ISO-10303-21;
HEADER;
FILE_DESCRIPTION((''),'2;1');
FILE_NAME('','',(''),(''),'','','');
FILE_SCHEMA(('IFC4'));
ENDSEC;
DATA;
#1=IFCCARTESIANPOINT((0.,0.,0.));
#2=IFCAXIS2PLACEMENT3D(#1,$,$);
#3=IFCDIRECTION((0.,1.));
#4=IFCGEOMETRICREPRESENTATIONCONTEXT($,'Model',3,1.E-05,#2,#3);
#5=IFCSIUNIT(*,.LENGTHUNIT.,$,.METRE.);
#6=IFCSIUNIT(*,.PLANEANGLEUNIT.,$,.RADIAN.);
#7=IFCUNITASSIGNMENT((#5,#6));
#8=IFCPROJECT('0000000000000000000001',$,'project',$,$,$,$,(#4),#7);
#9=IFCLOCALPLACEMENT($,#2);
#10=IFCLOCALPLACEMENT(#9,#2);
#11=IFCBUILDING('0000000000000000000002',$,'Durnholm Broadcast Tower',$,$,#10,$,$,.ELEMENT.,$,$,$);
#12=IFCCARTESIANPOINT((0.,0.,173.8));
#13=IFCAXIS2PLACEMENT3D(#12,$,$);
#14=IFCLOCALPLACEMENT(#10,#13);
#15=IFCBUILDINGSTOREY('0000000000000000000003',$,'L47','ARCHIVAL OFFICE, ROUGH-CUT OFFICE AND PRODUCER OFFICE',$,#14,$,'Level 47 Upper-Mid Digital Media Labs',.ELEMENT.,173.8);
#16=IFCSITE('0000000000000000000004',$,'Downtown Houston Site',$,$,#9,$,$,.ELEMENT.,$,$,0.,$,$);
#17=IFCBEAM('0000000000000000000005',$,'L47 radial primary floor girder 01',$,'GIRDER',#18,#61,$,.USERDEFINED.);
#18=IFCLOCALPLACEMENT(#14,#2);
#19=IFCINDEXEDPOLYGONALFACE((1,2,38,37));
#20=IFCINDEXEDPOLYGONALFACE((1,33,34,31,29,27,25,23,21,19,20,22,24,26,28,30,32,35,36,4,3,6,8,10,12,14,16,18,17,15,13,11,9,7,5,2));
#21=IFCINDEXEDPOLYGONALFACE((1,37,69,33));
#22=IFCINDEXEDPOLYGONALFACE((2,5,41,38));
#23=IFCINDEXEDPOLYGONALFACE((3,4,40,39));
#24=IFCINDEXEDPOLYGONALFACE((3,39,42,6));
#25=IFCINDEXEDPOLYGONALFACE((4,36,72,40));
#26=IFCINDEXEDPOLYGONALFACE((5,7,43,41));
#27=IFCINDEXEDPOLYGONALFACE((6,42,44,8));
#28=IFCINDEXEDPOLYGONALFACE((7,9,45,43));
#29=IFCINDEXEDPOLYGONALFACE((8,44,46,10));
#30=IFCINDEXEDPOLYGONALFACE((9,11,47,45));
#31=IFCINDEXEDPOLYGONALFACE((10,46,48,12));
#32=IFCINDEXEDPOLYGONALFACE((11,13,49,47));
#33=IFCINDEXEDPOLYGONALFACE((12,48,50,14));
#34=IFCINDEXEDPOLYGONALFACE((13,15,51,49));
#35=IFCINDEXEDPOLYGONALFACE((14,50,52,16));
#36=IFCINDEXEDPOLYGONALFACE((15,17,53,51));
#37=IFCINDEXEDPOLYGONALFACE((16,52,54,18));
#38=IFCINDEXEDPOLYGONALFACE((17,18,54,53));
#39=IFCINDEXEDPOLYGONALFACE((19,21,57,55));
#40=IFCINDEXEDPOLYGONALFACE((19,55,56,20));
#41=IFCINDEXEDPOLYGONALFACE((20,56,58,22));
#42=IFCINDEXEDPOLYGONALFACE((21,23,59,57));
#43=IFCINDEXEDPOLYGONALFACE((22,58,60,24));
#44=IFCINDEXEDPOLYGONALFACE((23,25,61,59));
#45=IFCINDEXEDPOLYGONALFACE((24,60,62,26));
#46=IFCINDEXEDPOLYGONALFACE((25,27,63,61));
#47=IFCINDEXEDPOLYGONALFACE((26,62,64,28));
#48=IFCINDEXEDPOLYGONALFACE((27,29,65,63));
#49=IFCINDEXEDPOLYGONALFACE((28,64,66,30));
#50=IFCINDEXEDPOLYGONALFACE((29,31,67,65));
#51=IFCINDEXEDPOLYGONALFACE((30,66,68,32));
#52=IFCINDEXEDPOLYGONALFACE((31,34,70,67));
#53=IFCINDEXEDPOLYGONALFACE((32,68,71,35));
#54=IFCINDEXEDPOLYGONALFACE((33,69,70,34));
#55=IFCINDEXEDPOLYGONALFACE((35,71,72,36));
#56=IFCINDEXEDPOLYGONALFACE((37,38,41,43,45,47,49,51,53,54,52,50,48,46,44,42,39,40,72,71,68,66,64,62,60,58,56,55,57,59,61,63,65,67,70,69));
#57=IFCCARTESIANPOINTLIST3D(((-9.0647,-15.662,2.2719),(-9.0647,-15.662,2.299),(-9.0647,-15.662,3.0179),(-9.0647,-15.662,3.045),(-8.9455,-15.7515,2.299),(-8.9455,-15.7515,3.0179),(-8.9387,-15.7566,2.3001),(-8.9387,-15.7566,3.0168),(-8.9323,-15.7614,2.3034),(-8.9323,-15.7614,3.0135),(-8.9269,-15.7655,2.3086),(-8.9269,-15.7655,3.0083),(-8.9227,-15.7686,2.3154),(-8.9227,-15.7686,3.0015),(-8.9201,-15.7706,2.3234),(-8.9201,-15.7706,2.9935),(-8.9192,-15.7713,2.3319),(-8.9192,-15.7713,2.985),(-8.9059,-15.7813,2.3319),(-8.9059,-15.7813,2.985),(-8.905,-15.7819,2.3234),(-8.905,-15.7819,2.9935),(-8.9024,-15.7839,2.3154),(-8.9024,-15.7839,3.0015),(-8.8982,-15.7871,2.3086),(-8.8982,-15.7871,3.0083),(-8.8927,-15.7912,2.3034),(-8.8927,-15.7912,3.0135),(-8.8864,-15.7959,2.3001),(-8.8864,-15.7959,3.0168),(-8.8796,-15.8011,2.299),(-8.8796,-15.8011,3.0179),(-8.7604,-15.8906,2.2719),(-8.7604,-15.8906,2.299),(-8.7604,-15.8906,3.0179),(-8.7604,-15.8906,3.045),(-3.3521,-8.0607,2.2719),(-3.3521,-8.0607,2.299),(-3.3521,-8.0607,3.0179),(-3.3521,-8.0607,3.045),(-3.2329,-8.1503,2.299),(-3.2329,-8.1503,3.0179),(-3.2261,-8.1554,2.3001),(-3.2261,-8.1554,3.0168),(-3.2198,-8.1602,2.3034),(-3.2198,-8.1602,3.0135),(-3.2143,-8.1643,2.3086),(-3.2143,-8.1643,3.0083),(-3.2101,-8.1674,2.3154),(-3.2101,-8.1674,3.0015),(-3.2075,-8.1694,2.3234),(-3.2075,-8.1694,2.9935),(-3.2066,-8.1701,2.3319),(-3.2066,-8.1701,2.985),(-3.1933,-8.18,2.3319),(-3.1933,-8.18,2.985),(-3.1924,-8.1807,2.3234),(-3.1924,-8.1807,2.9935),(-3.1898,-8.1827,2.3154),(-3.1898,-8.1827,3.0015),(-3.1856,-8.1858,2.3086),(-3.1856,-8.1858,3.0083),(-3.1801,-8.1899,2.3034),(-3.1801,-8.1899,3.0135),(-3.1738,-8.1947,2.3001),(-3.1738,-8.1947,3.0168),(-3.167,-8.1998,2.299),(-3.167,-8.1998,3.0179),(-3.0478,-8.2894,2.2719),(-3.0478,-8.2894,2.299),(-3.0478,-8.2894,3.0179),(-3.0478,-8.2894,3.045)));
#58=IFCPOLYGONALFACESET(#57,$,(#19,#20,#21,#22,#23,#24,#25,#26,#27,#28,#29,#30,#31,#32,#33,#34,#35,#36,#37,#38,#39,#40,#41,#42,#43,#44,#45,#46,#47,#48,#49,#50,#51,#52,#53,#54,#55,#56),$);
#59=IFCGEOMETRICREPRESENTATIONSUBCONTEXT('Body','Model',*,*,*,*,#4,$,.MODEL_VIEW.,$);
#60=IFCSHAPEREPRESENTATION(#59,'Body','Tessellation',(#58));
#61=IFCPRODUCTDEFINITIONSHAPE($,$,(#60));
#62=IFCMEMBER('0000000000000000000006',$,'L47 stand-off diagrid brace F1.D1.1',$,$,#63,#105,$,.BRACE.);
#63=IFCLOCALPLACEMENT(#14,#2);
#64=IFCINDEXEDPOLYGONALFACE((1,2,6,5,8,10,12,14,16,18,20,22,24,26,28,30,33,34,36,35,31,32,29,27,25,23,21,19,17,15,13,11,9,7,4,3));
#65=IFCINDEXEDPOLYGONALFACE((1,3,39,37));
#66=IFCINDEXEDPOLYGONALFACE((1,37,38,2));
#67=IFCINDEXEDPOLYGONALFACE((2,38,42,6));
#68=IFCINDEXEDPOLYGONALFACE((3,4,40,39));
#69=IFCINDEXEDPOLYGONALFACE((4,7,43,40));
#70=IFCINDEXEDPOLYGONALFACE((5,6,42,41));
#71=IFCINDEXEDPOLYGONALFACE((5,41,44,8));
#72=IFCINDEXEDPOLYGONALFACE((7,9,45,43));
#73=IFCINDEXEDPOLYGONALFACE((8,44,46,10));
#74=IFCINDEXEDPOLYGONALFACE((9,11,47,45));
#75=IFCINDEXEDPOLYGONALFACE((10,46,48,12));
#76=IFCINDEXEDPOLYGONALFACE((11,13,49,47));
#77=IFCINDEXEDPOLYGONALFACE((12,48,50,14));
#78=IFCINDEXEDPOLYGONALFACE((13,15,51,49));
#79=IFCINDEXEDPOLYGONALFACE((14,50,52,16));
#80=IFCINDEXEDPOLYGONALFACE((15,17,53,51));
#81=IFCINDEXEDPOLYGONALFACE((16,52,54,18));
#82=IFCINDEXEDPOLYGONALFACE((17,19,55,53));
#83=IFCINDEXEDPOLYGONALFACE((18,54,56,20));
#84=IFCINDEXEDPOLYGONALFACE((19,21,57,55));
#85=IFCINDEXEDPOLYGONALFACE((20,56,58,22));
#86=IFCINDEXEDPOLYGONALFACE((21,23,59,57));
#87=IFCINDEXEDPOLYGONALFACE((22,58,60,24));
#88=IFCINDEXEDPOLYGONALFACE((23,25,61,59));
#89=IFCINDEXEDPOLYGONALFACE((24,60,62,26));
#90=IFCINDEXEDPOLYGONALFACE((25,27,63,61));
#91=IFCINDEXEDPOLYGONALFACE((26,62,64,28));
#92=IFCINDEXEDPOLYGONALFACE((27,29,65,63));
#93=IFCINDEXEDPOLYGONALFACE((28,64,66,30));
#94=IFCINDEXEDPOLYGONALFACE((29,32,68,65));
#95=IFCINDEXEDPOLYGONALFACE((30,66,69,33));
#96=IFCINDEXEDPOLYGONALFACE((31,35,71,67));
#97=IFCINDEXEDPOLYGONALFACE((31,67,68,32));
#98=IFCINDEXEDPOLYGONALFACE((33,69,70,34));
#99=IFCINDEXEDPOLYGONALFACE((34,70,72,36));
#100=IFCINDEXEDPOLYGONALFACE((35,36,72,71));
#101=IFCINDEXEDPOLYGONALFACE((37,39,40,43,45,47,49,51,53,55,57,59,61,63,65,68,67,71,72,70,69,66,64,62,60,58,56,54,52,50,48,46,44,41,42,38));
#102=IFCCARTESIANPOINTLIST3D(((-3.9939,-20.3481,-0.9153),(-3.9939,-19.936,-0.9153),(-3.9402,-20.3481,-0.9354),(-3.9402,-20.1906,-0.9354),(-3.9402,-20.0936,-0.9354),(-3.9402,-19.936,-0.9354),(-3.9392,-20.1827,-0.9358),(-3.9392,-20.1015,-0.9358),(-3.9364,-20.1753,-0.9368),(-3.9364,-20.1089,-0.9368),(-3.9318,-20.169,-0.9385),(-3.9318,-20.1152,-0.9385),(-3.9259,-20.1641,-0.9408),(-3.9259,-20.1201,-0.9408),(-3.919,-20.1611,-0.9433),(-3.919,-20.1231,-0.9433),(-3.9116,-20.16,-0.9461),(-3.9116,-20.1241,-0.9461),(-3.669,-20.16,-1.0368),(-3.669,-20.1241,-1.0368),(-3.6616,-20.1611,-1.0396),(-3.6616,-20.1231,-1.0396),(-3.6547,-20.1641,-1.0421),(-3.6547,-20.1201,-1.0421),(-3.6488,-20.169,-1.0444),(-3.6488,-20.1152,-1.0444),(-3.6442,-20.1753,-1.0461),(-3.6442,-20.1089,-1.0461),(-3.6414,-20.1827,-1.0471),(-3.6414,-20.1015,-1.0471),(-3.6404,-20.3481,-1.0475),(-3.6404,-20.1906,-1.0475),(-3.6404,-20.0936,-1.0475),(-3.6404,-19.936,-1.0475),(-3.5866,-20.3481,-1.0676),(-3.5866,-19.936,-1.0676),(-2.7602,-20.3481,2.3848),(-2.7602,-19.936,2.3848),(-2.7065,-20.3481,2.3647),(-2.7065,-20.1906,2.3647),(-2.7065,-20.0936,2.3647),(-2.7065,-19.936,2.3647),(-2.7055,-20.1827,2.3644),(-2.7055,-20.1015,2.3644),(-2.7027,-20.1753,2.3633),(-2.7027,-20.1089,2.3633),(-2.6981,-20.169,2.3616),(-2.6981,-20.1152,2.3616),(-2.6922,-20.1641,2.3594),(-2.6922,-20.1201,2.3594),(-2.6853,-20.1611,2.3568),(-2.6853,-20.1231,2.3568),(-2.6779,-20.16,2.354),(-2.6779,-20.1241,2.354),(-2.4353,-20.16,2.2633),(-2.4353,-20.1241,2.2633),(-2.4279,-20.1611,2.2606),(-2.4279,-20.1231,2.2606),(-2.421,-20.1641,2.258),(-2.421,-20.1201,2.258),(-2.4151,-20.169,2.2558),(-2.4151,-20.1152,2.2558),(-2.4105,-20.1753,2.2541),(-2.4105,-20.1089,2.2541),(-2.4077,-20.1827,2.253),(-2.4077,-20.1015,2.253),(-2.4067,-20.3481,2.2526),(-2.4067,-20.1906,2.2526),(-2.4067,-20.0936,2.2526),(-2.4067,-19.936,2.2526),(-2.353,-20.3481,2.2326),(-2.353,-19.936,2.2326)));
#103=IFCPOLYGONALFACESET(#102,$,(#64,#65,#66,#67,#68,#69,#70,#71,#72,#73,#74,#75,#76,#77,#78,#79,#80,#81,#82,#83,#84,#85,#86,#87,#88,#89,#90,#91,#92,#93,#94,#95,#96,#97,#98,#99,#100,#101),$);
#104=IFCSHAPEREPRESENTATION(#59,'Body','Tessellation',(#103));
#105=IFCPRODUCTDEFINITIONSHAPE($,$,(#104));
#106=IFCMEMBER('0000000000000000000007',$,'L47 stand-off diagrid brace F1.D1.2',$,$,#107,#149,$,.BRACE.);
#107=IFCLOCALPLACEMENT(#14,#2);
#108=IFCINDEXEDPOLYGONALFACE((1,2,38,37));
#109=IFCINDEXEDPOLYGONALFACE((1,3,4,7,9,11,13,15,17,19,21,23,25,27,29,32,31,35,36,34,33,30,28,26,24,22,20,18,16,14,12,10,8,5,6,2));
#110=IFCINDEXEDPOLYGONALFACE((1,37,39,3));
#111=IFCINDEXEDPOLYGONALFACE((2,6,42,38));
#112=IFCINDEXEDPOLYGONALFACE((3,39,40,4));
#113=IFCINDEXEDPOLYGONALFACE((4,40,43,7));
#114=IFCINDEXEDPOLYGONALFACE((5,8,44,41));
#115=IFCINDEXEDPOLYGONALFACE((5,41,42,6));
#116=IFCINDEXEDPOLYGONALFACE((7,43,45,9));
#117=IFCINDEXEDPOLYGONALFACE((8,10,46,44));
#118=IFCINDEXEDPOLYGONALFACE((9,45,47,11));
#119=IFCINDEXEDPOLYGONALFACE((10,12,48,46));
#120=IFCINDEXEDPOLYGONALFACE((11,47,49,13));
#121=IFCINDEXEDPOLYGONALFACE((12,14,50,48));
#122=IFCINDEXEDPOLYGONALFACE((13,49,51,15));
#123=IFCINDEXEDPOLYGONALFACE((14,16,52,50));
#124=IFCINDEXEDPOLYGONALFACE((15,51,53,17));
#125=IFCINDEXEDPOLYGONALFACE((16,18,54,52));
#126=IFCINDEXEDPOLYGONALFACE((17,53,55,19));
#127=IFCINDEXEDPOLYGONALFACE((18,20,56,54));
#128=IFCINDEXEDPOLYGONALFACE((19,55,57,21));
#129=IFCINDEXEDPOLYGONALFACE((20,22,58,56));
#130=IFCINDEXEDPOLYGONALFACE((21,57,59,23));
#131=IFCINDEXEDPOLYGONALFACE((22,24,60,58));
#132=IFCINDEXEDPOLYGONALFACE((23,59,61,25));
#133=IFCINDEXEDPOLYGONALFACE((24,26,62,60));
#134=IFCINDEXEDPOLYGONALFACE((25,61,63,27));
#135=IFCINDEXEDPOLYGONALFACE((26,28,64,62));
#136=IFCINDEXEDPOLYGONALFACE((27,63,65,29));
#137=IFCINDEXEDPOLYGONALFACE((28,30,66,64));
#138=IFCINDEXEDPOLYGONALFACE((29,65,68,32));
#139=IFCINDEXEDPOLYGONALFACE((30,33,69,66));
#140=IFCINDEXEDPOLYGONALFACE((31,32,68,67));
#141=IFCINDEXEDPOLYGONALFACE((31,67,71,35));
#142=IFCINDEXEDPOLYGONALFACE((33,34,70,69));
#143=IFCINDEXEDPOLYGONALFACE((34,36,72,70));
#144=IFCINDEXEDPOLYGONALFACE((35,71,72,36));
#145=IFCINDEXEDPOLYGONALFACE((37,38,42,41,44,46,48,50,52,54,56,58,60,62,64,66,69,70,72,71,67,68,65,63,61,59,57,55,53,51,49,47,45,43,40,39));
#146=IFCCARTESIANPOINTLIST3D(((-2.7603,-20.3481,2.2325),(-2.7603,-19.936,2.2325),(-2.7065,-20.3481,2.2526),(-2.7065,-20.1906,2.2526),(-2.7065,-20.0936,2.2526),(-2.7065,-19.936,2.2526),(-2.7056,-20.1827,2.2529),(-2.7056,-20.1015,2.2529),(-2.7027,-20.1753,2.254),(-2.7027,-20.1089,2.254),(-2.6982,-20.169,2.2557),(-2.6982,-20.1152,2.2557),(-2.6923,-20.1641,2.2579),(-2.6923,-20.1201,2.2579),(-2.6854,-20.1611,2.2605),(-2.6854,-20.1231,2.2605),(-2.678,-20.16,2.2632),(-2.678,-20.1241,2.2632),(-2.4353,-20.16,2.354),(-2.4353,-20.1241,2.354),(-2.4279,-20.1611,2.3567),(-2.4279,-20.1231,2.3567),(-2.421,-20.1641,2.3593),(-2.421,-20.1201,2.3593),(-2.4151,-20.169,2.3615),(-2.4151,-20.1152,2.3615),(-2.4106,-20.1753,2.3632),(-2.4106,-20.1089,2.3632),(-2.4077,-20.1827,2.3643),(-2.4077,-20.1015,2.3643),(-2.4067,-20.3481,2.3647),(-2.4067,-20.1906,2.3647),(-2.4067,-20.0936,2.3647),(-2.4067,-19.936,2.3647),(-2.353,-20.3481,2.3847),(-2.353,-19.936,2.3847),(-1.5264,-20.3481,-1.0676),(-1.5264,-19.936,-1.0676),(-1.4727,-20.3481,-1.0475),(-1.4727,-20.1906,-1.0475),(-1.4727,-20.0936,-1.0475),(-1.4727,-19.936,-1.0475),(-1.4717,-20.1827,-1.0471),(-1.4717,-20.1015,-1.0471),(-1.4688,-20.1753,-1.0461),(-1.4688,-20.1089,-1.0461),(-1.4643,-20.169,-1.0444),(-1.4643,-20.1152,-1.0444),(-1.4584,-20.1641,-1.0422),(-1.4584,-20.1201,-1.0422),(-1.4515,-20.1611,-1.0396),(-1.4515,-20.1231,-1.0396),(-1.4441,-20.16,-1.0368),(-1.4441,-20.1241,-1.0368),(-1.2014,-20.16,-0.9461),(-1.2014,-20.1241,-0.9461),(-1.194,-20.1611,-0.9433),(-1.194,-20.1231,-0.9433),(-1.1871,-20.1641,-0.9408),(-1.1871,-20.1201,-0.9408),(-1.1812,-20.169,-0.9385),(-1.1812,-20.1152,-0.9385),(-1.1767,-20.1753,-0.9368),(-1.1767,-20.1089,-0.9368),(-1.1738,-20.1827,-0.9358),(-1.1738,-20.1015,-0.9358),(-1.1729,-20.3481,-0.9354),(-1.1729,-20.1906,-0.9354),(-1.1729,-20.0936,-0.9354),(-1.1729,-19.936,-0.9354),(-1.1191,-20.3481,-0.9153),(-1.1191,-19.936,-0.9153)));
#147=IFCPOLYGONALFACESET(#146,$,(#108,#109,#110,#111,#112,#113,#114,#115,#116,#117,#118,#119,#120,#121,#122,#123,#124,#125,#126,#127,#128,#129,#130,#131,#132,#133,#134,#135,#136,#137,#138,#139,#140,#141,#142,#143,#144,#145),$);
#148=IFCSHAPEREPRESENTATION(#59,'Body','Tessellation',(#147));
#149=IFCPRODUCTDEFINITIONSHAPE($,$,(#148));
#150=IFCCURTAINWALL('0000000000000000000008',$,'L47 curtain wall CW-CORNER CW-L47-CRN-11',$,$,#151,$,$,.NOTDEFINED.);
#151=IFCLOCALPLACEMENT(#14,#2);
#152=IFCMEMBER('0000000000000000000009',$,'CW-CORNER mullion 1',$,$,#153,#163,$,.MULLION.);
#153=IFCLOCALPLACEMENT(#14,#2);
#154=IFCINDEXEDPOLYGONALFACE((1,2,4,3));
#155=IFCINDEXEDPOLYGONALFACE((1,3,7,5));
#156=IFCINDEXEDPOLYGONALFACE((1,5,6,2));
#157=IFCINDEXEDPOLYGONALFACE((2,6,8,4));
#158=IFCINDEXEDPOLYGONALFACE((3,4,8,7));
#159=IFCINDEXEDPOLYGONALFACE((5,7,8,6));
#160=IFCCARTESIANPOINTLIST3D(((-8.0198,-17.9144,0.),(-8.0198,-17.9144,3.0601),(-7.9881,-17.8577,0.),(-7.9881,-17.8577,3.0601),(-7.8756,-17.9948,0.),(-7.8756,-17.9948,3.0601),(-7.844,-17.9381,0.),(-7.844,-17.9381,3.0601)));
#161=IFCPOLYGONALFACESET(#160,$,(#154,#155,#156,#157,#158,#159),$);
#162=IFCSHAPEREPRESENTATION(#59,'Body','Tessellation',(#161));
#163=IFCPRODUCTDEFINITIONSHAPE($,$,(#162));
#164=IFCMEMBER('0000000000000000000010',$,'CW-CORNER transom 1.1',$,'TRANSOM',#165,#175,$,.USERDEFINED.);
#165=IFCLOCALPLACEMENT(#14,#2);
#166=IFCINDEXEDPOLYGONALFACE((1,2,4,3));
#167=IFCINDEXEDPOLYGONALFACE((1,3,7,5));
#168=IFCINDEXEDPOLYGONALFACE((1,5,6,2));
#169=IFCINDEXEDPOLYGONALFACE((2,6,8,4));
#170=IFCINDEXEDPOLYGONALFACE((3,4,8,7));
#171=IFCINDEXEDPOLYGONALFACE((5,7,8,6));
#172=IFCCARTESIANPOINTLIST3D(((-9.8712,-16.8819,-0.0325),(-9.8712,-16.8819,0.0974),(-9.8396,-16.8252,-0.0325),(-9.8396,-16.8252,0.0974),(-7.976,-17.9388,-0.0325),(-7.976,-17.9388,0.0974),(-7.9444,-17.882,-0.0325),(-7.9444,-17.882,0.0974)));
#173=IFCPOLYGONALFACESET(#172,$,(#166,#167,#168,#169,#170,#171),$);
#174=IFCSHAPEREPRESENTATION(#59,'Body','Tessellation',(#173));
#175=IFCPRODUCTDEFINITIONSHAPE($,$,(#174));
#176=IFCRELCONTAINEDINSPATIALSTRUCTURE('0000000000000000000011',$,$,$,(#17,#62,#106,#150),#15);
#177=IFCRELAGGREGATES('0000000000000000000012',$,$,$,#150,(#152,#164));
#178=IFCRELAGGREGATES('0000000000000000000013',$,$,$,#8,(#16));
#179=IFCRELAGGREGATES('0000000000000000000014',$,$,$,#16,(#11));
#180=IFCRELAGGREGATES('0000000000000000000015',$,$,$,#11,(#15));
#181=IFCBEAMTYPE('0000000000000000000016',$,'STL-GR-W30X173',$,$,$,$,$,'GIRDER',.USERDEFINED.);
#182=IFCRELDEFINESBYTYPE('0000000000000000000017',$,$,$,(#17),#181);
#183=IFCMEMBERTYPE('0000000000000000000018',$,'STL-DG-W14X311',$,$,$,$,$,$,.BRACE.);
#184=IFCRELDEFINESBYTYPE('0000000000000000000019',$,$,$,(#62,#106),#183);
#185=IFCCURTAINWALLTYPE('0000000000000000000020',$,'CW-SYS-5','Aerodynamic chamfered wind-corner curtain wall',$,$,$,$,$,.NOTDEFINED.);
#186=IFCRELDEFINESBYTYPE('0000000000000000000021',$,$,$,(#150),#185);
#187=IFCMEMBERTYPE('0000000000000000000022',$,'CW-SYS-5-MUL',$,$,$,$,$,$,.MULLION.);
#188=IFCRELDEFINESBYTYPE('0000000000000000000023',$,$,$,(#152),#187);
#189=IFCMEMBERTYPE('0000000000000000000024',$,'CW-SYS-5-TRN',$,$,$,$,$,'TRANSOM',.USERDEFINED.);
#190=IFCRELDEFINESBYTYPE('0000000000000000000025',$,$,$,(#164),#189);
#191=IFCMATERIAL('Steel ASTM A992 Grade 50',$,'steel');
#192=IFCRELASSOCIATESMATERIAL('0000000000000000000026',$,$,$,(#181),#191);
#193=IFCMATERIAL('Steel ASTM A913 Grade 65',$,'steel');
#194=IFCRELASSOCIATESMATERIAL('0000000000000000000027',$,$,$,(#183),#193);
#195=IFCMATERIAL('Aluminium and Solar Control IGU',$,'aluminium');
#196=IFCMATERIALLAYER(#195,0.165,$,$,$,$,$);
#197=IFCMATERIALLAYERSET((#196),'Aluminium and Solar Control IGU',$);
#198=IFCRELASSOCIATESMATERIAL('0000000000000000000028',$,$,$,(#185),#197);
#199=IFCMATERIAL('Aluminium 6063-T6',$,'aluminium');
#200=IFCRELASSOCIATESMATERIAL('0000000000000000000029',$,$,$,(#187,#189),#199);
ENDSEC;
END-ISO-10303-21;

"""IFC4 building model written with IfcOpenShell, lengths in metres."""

from ifc_helpers import new_model, si_unit, direction, frame, origin, origin_2d, place, context, subcontext, project, spatial, rectangle, i_section, extrude, source, transform, mapped, material, layer, layer_set, material_profile, profile_set, type_object, type_shapes, element, aggregate, save


model = new_model("IFC4")

# Units and contexts
model_context = context("Model", 3, precision=1e-05, world=origin(), true_north=direction((0.0, 1.0)))
body_context = subcontext(model_context, "Body", "Model", "MODEL_VIEW")
ifc_project = project(units=[si_unit("LENGTHUNIT", "METRE"), si_unit("PLANEANGLEUNIT", "RADIAN")], contexts=[model_context])

# Site, building, storey
site_placement = place(None, origin())
site = spatial("IfcSite", under=ifc_project, at=site_placement, Name="Downtown Houston Site", CompositionType="ELEMENT", RefElevation=0.0)
building_placement = place(site_placement, origin())
building = spatial("IfcBuilding", under=site, at=building_placement, Name="Durnholm Broadcast Tower", CompositionType="ELEMENT")
storey_placement = place(building_placement, frame((0.0, 0.0, 173.8)))
storey = spatial("IfcBuildingStorey", under=building, at=storey_placement, Name="L47", Description="ARCHIVAL OFFICE, ROUGH-CUT OFFICE AND PRODUCER OFFICE", LongName="Level 47 Upper-Mid Digital Media Labs", CompositionType="ELEMENT", Elevation=173.8)

# Beam
ifc_material_1 = material(Name="Steel ASTM A992 Grade 50", Category="steel")
ifc_material_profile_1 = material_profile(ifc_material_1, i_section(OverallWidth=0.3806, OverallDepth=0.7732, WebThickness=0.0166, FlangeThickness=0.0271, FilletRadius=0.033, at=origin_2d()), Name="W30X173")
ifc_profile_set_1 = profile_set([ifc_material_profile_1], Name="Steel ASTM A992 Grade 50")
beam_type_1 = type_object("IfcBeamType", Name="STL-GR-W30X173", ElementType="GIRDER", PredefinedType="USERDEFINED", material=ifc_profile_set_1)
shared_shape_1 = source(origin(), body_context, "Body", "SweptSolid", [
    extrude(i_section(OverallWidth=0.3806, OverallDepth=0.7732, WebThickness=0.0166, FlangeThickness=0.0271, FilletRadius=0.033, at=origin_2d()), origin(), (0.0, 0.0, 1.0), 9.5085),
])
type_shapes(beam_type_1, [shared_shape_1])
beam_1_placement = place(storey_placement, frame((-3.2, -8.175, 2.6584), z_axis=(-0.600784, -0.799411, 0.0), x_axis=(0.799411, -0.600784, 0.0)))
element("IfcBeam", 1, at=beam_1_placement, inside=storey, type_object=beam_type_1, Name="L47 radial primary floor girder 01", ObjectType="GIRDER", PredefinedType="USERDEFINED", context=body_context, shape_type="MappedRepresentation", body=[
    mapped(shared_shape_1, transform((0.0, 0.0, 0.0), x_axis=(1.0, 0.0, 0.0), y_axis=(0.0, 1.0, 0.0), z_axis=(0.0, 0.0, 1.0), scale=1.0)),
])

# Members
ifc_material_2 = material(Name="Steel ASTM A913 Grade 65", Category="steel")
ifc_material_profile_2 = material_profile(ifc_material_2, i_section(OverallWidth=0.4121, OverallDepth=0.4348, WebThickness=0.0359, FlangeThickness=0.0574, FilletRadius=0.0305, at=origin_2d()), Name="W14X311")
ifc_profile_set_2 = profile_set([ifc_material_profile_2], Name="Steel ASTM A913 Grade 65")
member_type_1 = type_object("IfcMemberType", Name="STL-DG-W14X311", PredefinedType="BRACE", material=ifc_profile_set_2)
shared_shape_2 = source(origin(), body_context, "Body", "SweptSolid", [
    extrude(i_section(OverallWidth=0.4121, OverallDepth=0.4348, WebThickness=0.0359, FlangeThickness=0.0574, FilletRadius=0.0305, at=origin_2d()), origin(), (0.0, 0.0, 1.0), 3.5232),
])
type_shapes(member_type_1, [shared_shape_2])
for number, where, z_axis, x_axis, name in (
    (2, (-3.7903, -20.1421, -0.9915), (0.350159, 0.0, 0.93669), (0.0, 1.0, 0.0), "L47 stand-off diagrid brace F1.D1.1"),
    (3, (-1.3228, -20.1421, -0.9915), (-0.35022, 0.0, 0.936668), (0.0, -1.0, 0.0), "L47 stand-off diagrid brace F1.D1.2"),
):
    element("IfcMember", number, at=place(storey_placement, frame(where, z_axis=z_axis, x_axis=x_axis)), inside=storey, type_object=member_type_1, Name=name, PredefinedType="BRACE", context=body_context, shape_type="MappedRepresentation", body=[
        mapped(shared_shape_2, transform((0.0, 0.0, 0.0), x_axis=(1.0, 0.0, 0.0), y_axis=(0.0, 1.0, 0.0), z_axis=(0.0, 0.0, 1.0), scale=1.0)),
    ])

# Curtain wall, members
ifc_material_3 = material(Name="Aluminium and Solar Control IGU", Category="aluminium")
ifc_layer_1 = layer(ifc_material_3, 0.165)
ifc_layer_set_1 = layer_set([ifc_layer_1], Name="Aluminium and Solar Control IGU")
curtain_wall_type_1 = type_object("IfcCurtainWallType", Name="CW-SYS-5", Description="Aerodynamic chamfered wind-corner curtain wall", PredefinedType="NOTDEFINED", material=ifc_layer_set_1)
curtain_wall_1_placement = place(storey_placement, origin())
curtain_wall_1 = element("IfcCurtainWall", 4, at=curtain_wall_1_placement, inside=storey, type_object=curtain_wall_type_1, Name="L47 curtain wall CW-CORNER CW-L47-CRN-11", PredefinedType="NOTDEFINED")
ifc_material_4 = material(Name="Aluminium 6063-T6", Category="aluminium")
ifc_material_profile_3 = material_profile(ifc_material_4, rectangle(XDim=0.0649, YDim=0.165, at=origin_2d()), Name="CWM65X165")
ifc_profile_set_3 = profile_set([ifc_material_profile_3], Name="Aluminium 6063-T6")
member_type_2 = type_object("IfcMemberType", Name="CW-SYS-5-MUL", PredefinedType="MULLION", material=ifc_profile_set_3)
shared_shape_3 = source(origin(), body_context, "Body", "SweptSolid", [
    extrude(rectangle(XDim=0.0649, YDim=0.165, at=origin_2d()), origin(), (0.0, 0.0, 1.0), 3.0601),
])
type_shapes(member_type_2, [shared_shape_3])
member_1_placement = place(storey_placement, frame((-7.9319, -17.9263, 0.0), z_axis=(0.0, 0.0, 1.0), x_axis=(-0.486986, -0.87341, 0.0)))
member_1 = element("IfcMember", 5, at=member_1_placement, type_object=member_type_2, Name="CW-CORNER mullion 1", PredefinedType="MULLION", context=body_context, shape_type="MappedRepresentation", body=[
    mapped(shared_shape_3, transform((0.0, 0.0, 0.0), x_axis=(1.0, 0.0, 0.0), y_axis=(0.0, 1.0, 0.0), z_axis=(0.0, 0.0, 1.0), scale=1.0)),
])
ifc_material_profile_4 = material_profile(ifc_material_4, rectangle(XDim=0.0649, YDim=0.1299, at=origin_2d()), Name="CWT65X130")
ifc_profile_set_4 = profile_set([ifc_material_profile_4], Name="Aluminium 6063-T6")
member_type_3 = type_object("IfcMemberType", Name="CW-SYS-5-TRN", ElementType="TRANSOM", PredefinedType="USERDEFINED", material=ifc_profile_set_4)
shared_shape_4 = source(origin(), body_context, "Body", "SweptSolid", [
    extrude(rectangle(XDim=0.0649, YDim=0.1299, at=origin_2d()), origin(), (0.0, 0.0, 1.0), 2.1699),
])
type_shapes(member_type_3, [shared_shape_4])
member_2_placement = place(storey_placement, frame((-7.9602, -17.9104, 0.0325), z_axis=(-0.873381, 0.487037, 0.0), x_axis=(-0.487037, -0.873381, 0.0)))
member_2 = element("IfcMember", 6, at=member_2_placement, type_object=member_type_3, Name="CW-CORNER transom 1.1", ObjectType="TRANSOM", PredefinedType="USERDEFINED", context=body_context, shape_type="MappedRepresentation", body=[
    mapped(shared_shape_4, transform((0.0, 0.0, 0.0), x_axis=(1.0, 0.0, 0.0), y_axis=(0.0, 1.0, 0.0), z_axis=(0.0, 0.0, 1.0), scale=1.0)),
])
aggregate(curtain_wall_1, [member_1, member_2])

save(model, "model.ifc")
